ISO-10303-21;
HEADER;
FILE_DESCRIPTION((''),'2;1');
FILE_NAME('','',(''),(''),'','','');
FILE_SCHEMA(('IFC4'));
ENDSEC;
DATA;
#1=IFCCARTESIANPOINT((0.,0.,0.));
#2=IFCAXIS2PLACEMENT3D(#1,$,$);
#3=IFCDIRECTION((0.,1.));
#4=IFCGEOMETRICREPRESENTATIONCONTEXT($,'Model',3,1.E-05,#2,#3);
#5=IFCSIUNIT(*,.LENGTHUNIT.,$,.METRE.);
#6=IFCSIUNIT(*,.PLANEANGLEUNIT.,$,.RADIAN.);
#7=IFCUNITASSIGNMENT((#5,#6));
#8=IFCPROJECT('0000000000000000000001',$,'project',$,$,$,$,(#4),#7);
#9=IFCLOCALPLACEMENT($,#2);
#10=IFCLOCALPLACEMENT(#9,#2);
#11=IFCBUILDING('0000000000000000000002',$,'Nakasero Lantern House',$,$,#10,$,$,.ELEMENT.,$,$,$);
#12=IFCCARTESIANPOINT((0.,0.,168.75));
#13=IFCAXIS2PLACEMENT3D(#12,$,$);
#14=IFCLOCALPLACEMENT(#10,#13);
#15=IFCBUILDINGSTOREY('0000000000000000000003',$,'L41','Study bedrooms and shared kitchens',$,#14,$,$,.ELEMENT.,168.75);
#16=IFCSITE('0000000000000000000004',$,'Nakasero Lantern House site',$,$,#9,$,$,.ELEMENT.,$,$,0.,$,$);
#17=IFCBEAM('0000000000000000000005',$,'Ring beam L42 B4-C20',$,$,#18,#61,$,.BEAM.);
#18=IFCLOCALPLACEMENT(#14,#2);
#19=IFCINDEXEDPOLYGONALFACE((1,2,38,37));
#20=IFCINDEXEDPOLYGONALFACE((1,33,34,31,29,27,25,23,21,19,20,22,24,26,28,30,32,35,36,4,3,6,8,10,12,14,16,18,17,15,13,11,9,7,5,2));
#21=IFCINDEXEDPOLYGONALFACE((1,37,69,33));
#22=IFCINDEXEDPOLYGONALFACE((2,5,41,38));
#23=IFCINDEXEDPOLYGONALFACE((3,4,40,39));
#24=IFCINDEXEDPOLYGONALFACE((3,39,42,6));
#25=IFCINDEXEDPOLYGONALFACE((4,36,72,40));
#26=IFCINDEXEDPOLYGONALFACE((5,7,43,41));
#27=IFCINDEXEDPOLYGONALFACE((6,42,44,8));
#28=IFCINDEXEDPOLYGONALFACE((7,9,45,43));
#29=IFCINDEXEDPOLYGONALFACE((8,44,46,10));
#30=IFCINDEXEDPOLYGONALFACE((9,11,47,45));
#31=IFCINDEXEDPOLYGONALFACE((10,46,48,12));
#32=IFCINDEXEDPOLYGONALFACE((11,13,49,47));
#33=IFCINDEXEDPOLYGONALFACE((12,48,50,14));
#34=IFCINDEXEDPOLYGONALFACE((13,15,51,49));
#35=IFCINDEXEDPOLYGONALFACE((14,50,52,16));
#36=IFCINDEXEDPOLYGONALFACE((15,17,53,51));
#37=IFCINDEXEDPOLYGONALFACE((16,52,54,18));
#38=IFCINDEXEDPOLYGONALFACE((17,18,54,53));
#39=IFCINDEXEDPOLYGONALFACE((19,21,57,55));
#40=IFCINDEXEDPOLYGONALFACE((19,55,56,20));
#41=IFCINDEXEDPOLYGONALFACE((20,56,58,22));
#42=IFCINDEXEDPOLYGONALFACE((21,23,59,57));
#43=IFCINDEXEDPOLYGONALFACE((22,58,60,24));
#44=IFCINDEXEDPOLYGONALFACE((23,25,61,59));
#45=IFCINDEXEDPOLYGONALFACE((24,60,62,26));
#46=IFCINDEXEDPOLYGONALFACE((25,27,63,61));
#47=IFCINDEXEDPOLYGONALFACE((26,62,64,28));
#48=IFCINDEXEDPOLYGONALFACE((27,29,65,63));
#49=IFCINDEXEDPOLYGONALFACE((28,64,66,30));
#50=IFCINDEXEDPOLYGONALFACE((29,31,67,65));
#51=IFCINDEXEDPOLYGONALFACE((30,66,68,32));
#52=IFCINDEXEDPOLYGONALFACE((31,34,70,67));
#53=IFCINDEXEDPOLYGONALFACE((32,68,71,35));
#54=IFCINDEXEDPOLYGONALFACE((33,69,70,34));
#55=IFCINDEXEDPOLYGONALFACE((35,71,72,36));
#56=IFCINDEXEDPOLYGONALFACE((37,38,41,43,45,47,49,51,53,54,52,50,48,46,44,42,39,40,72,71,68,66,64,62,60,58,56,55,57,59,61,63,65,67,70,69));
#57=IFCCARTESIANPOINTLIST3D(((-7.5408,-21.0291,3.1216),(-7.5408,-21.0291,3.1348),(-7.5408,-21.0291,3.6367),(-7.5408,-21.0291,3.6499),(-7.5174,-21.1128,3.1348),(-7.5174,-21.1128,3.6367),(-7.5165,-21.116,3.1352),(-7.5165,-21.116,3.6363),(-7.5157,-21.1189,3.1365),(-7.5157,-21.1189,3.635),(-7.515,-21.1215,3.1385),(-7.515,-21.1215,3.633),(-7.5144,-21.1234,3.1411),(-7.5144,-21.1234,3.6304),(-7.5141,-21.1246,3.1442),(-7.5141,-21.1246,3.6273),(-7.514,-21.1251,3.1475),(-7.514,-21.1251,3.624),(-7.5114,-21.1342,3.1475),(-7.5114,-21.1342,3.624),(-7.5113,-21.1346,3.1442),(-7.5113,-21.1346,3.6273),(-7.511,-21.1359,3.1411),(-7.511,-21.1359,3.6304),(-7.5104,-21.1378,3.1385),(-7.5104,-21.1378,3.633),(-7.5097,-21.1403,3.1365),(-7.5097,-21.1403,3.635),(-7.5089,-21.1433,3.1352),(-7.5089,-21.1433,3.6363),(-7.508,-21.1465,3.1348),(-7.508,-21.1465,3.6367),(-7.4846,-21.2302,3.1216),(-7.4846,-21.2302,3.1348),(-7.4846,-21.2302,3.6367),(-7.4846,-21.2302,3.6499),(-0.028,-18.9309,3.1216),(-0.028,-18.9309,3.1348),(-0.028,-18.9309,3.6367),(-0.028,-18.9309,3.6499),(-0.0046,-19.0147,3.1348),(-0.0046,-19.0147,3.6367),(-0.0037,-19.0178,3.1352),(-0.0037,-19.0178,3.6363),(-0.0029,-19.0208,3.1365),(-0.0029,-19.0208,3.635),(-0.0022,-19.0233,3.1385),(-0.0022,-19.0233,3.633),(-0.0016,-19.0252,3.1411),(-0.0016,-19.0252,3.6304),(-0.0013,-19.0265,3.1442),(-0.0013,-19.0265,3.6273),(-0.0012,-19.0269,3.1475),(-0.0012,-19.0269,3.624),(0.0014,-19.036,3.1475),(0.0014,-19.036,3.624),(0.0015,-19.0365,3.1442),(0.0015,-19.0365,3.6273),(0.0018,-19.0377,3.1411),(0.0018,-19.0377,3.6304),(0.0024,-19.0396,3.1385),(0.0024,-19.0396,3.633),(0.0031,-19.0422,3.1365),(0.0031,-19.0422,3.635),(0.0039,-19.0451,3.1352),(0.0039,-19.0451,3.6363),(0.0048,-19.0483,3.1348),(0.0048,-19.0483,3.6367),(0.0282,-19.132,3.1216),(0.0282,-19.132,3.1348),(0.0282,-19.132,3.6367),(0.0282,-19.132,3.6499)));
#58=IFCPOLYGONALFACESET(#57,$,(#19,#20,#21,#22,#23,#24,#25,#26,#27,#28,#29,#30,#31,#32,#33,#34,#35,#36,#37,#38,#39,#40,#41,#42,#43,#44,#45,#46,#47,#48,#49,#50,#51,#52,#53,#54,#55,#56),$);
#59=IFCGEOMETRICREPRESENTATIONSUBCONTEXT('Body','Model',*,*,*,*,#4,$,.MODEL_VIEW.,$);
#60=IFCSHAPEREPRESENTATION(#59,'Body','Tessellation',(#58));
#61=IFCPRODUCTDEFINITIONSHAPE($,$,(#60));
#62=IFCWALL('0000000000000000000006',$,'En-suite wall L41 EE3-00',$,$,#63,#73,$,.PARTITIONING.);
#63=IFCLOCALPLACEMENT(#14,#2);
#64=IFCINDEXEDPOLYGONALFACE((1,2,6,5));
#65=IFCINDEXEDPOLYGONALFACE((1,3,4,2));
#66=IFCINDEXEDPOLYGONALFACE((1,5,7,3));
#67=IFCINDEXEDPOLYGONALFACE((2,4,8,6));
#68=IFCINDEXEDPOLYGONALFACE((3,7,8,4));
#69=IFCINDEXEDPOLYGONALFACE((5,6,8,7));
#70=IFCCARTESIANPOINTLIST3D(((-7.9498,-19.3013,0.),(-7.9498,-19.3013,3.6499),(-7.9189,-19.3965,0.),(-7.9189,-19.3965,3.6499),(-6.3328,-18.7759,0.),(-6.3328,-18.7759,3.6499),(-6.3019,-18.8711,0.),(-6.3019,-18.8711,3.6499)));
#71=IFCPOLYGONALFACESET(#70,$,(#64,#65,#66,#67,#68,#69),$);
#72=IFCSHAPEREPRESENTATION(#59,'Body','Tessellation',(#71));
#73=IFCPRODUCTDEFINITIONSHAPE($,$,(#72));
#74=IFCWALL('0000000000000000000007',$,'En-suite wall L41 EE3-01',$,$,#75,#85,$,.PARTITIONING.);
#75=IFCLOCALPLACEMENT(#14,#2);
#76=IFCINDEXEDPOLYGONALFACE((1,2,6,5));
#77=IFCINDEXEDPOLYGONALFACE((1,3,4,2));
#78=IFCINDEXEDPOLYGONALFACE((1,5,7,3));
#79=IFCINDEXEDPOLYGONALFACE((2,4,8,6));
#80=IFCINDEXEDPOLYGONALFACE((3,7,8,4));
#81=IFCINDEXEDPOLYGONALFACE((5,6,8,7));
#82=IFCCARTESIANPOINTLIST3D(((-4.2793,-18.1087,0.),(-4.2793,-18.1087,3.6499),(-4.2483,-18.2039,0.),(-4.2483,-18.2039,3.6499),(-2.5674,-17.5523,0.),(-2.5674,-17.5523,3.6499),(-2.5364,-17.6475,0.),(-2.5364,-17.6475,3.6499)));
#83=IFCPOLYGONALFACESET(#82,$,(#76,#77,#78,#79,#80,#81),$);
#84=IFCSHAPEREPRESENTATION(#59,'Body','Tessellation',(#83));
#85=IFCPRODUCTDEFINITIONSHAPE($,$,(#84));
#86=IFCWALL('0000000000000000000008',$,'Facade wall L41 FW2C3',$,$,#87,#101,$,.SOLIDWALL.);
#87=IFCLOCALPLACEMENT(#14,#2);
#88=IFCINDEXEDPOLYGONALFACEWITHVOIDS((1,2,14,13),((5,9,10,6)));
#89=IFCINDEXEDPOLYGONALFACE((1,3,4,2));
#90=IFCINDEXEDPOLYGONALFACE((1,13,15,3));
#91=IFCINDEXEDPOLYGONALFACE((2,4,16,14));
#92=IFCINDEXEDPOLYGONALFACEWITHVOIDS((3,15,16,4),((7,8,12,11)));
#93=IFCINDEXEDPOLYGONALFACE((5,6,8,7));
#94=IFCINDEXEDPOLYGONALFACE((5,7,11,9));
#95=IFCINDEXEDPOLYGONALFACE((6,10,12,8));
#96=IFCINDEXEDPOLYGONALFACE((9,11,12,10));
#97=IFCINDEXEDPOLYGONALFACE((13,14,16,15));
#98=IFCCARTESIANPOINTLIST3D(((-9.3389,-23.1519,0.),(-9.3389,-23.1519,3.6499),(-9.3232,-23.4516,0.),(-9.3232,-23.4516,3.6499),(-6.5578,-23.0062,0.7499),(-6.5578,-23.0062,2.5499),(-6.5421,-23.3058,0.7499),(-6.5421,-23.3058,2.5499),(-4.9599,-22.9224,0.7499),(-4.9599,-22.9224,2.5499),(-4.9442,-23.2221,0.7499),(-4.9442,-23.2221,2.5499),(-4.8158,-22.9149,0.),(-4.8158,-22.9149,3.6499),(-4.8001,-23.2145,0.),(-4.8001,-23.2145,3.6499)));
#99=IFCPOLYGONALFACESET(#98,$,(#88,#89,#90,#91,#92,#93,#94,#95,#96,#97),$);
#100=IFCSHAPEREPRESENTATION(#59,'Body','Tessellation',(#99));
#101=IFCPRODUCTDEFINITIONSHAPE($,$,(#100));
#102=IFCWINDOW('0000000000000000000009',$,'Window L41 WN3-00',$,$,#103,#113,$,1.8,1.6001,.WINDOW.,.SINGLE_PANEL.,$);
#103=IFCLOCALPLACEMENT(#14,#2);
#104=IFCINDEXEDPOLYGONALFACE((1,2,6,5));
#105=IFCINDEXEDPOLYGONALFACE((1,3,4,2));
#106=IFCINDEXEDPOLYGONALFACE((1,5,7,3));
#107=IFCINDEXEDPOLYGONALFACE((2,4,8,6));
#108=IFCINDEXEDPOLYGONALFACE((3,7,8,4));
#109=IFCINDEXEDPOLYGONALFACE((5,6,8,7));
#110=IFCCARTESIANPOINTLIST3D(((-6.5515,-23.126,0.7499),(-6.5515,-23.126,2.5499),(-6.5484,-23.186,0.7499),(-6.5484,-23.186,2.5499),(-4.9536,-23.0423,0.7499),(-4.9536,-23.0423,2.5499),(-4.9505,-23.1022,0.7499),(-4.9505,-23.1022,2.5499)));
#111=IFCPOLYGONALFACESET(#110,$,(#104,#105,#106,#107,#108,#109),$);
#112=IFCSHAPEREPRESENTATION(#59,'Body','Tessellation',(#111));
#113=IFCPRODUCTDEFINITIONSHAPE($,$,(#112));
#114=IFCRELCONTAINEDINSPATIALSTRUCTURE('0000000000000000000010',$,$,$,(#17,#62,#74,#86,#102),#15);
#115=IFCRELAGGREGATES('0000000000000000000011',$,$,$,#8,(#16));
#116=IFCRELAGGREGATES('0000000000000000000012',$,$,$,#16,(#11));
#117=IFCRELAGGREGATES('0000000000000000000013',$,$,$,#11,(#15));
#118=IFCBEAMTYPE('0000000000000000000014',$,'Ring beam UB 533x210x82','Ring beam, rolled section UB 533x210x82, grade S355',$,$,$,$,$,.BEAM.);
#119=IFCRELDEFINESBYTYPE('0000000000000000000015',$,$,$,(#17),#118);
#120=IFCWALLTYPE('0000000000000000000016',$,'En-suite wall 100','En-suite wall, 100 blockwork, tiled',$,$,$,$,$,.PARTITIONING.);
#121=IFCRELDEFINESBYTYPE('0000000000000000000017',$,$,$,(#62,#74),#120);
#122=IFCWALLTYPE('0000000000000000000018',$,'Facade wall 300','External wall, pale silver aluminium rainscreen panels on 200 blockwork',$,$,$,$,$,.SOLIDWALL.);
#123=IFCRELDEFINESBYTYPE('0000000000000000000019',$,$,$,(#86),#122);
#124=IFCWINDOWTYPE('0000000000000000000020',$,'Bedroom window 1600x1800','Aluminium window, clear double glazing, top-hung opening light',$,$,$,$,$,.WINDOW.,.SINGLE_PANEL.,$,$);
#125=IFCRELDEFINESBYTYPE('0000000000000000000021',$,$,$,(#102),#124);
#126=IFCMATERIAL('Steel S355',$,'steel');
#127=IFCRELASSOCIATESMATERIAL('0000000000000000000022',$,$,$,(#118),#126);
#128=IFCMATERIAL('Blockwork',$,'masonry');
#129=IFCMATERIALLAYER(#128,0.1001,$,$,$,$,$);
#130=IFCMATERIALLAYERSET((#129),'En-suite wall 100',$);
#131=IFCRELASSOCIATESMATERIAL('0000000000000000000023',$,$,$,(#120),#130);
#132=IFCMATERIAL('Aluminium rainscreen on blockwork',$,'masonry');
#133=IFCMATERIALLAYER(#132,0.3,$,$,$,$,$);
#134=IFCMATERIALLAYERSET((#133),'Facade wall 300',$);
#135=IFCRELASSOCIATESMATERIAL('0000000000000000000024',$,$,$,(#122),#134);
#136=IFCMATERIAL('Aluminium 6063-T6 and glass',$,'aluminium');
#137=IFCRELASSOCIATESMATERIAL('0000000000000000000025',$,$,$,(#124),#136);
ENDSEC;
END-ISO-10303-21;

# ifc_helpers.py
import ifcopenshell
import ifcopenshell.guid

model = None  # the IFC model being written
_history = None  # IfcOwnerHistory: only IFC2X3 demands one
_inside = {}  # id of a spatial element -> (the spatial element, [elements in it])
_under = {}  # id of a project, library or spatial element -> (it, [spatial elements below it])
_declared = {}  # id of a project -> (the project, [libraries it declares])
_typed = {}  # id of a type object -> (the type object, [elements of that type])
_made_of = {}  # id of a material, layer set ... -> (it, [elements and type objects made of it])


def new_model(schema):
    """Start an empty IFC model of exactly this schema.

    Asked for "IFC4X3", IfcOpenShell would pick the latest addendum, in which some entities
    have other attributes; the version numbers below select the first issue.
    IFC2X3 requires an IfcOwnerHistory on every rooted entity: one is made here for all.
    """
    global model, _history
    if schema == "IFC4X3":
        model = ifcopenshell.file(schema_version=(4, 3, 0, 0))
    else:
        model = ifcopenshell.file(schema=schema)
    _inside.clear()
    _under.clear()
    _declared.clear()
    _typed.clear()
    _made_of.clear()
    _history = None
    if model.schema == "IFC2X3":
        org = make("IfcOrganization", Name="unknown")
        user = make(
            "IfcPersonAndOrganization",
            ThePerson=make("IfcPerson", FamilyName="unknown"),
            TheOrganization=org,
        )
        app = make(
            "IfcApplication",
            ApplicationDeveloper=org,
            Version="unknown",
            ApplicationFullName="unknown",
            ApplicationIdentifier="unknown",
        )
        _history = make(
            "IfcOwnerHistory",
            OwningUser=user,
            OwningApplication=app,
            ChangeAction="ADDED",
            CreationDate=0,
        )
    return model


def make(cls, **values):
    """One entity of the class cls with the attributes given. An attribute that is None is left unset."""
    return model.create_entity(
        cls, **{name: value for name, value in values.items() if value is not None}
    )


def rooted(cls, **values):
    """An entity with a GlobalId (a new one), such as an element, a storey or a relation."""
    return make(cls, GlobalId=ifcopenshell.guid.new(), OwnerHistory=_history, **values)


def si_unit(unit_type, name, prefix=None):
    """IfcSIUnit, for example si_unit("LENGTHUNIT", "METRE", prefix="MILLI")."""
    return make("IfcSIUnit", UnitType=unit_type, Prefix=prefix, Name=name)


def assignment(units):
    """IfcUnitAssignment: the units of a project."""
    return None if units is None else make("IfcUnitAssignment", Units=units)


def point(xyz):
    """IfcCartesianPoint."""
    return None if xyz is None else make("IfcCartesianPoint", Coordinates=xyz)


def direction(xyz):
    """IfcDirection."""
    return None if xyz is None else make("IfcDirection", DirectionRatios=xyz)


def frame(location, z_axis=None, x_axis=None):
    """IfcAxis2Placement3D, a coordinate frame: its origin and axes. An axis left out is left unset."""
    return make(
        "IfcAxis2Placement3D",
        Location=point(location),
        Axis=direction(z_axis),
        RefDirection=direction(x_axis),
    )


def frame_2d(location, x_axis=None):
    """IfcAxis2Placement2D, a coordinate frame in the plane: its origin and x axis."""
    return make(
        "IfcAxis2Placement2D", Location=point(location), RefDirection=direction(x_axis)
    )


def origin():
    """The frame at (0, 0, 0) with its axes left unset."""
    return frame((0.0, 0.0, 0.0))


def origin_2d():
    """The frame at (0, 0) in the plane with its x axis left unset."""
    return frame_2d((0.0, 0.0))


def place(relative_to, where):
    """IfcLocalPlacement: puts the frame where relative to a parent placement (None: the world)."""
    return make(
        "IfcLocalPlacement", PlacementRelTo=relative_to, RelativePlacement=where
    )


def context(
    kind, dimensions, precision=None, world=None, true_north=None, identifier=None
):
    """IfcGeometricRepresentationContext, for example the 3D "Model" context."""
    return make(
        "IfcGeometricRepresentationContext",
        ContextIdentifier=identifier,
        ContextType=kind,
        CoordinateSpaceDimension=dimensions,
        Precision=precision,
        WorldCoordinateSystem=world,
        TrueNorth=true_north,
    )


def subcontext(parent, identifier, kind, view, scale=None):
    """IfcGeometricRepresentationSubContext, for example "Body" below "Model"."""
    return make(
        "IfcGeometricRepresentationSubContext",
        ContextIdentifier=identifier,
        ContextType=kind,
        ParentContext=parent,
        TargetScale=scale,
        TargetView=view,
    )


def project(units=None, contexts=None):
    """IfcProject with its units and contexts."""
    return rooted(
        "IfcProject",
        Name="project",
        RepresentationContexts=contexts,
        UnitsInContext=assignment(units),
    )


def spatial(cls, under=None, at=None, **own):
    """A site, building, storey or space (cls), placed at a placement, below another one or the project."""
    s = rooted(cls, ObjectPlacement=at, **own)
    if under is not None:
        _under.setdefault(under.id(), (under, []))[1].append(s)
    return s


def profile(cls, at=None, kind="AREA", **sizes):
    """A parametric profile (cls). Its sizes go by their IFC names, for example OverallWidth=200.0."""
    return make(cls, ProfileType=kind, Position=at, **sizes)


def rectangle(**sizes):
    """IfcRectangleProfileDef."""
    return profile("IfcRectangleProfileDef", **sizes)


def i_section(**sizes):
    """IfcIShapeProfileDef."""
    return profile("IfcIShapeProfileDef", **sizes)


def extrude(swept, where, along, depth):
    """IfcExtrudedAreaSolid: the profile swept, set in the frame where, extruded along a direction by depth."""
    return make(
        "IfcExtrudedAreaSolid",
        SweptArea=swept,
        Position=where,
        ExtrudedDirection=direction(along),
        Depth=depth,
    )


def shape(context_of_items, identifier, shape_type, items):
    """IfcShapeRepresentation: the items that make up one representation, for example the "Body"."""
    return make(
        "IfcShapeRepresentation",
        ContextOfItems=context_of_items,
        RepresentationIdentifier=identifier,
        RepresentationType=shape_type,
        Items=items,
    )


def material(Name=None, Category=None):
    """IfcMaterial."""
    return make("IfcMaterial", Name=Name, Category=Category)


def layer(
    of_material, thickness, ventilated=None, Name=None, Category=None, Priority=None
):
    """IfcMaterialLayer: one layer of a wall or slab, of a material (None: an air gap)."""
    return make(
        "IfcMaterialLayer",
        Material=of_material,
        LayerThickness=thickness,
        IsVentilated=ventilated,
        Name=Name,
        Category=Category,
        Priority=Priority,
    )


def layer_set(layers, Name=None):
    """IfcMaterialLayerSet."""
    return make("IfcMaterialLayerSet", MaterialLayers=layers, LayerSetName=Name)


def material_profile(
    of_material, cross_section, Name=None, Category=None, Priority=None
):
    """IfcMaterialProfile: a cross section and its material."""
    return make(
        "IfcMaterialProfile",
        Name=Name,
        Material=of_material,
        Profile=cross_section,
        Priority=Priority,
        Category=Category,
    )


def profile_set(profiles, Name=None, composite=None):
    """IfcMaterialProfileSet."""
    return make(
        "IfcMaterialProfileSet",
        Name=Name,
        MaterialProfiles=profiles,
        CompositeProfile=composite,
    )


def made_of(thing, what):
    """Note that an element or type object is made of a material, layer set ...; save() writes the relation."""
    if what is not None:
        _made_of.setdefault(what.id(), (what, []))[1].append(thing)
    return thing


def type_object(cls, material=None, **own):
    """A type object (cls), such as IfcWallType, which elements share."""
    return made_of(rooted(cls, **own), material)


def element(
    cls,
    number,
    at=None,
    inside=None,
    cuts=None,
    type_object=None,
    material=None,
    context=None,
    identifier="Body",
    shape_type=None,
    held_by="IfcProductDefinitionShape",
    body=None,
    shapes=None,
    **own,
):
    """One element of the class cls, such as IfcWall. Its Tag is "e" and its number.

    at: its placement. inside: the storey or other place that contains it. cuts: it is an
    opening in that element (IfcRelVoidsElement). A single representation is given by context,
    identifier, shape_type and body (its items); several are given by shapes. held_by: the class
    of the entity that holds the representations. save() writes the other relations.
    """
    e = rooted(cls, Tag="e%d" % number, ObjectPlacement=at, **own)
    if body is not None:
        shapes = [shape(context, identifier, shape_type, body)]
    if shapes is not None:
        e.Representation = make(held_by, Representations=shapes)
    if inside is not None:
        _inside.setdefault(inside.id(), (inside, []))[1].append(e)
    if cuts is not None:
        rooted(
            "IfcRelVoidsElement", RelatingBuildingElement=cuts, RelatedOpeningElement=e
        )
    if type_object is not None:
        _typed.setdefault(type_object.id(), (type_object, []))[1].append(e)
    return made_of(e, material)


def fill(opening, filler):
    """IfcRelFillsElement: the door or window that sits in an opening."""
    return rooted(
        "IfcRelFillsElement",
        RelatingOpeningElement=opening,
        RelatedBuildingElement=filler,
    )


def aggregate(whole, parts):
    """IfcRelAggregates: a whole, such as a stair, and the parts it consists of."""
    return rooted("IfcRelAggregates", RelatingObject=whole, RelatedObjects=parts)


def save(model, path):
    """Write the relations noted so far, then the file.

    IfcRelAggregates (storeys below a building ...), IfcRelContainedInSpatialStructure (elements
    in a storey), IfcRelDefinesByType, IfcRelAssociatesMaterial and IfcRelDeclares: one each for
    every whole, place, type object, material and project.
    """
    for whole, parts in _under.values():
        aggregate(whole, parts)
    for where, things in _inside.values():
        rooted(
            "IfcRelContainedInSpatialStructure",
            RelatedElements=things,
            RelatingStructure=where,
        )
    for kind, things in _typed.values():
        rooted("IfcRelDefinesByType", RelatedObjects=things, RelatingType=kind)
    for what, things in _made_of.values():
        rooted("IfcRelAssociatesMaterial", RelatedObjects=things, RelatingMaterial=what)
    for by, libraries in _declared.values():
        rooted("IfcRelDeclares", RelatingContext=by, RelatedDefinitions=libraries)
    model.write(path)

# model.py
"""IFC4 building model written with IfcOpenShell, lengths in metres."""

from ifc_helpers import new_model, si_unit, direction, frame, frame_2d, origin, origin_2d, place, context, subcontext, project, spatial, rectangle, i_section, extrude, material, layer, layer_set, material_profile, profile_set, type_object, element, fill, save


model = new_model("IFC4")

# Units and contexts
model_context = context("Model", 3, precision=1e-05, world=origin(), true_north=direction((0.0, 1.0)))
body_context = subcontext(model_context, "Body", "Model", "MODEL_VIEW")
ifc_project = project(units=[si_unit("LENGTHUNIT", "METRE"), si_unit("PLANEANGLEUNIT", "RADIAN")], contexts=[model_context])

# Site, building, storey
site_placement = place(None, origin())
site = spatial("IfcSite", under=ifc_project, at=site_placement, Name="Nakasero Lantern House site", CompositionType="ELEMENT", RefElevation=0.0)
building_placement = place(site_placement, origin())
building = spatial("IfcBuilding", under=site, at=building_placement, Name="Nakasero Lantern House", CompositionType="ELEMENT")
storey_placement = place(building_placement, frame((0.0, 0.0, 168.75)))
storey = spatial("IfcBuildingStorey", under=building, at=storey_placement, Name="L41", Description="Study bedrooms and shared kitchens", CompositionType="ELEMENT", Elevation=168.75)

# Beam
ifc_material_1 = material(Name="Steel S355", Category="steel")
ifc_material_profile_1 = material_profile(ifc_material_1, i_section(OverallWidth=0.2087, OverallDepth=0.5283, WebThickness=0.0095, FlangeThickness=0.0132, FilletRadius=0.0127, at=origin_2d()), Name="UB 533x210x82")
ifc_profile_set_1 = profile_set([ifc_material_profile_1], Name="Steel S355")
beam_type_1 = type_object("IfcBeamType", Name="Ring beam UB 533x210x82", Description="Ring beam, rolled section UB 533x210x82, grade S355", PredefinedType="BEAM", material=ifc_profile_set_1)
beam_1_placement = place(storey_placement, frame((-7.5127, -21.1296, 3.3857), z_axis=(0.963144, 0.268987, 0.0), x_axis=(-0.268987, 0.963144, 0.0)))
element("IfcBeam", 1, at=beam_1_placement, inside=storey, type_object=beam_type_1, Name="Ring beam L42 B4-C20", PredefinedType="BEAM", context=body_context, shape_type="SweptSolid", body=[
    extrude(i_section(OverallWidth=0.2087, OverallDepth=0.5283, WebThickness=0.0095, FlangeThickness=0.0132, FilletRadius=0.0127, at=origin_2d()), origin(), (0.0, 0.0, 1.0), 7.8003),
])

# Walls
ifc_material_2 = material(Name="Blockwork", Category="masonry")
ifc_layer_1 = layer(ifc_material_2, 0.1001)
ifc_layer_set_1 = layer_set([ifc_layer_1], Name="En-suite wall 100")
wall_type_1 = type_object("IfcWallType", Name="En-suite wall 100", Description="En-suite wall, 100 blockwork, tiled", PredefinedType="PARTITIONING", material=ifc_layer_set_1)
wall_1_placement = place(storey_placement, frame((-7.9343, -19.3489, 0.0), z_axis=(0.0, 0.0, 1.0), x_axis=(0.951054, 0.309024, 0.0)))
element("IfcWall", 2, at=wall_1_placement, inside=storey, type_object=wall_type_1, Name="En-suite wall L41 EE3-00", PredefinedType="PARTITIONING", context=body_context, shape_type="SweptSolid", body=[
    extrude(rectangle(XDim=1.7002, YDim=0.1001, at=frame_2d((0.8501, 0.0))), origin(), (0.0, 0.0, 1.0), 3.6499),
])
wall_2_placement = place(storey_placement, frame((-4.2637, -18.1562, 0.0), z_axis=(0.0, 0.0, 1.0), x_axis=(0.95103, 0.309098, 0.0)))
element("IfcWall", 3, at=wall_2_placement, inside=storey, type_object=wall_type_1, Name="En-suite wall L41 EE3-01", PredefinedType="PARTITIONING", context=body_context, shape_type="SweptSolid", body=[
    extrude(rectangle(XDim=1.8, YDim=0.1001, at=frame_2d((0.8999, 0.0))), origin(), (0.0, 0.0, 1.0), 3.6499),
])

# Wall, opening, window
ifc_material_3 = material(Name="Aluminium rainscreen on blockwork", Category="masonry")
ifc_layer_2 = layer(ifc_material_3, 0.3)
ifc_layer_set_2 = layer_set([ifc_layer_2], Name="Facade wall 300")
wall_type_2 = type_object("IfcWallType", Name="Facade wall 300", Description="External wall, pale silver aluminium rainscreen panels on 200 blockwork", PredefinedType="SOLIDWALL", material=ifc_layer_set_2)
wall_3_placement = place(storey_placement, frame((-9.3311, -23.3018, 0.0), z_axis=(0.0, 0.0, 1.0), x_axis=(0.998629, 0.052338, 0.0)))
wall_3 = element("IfcWall", 4, at=wall_3_placement, inside=storey, type_object=wall_type_2, Name="Facade wall L41 FW2C3", PredefinedType="SOLIDWALL", context=body_context, shape_type="SweptSolid", body=[
    extrude(rectangle(XDim=4.5293, YDim=0.3, at=frame_2d((2.2646, 0.0))), origin(), (0.0, 0.0, 1.0), 3.6499),
])
opening_1_placement = place(wall_3_placement, frame((2.7849, 0.0, 0.75)))
opening_1 = element("IfcOpeningElement", 5, at=opening_1_placement, cuts=wall_3, PredefinedType="OPENING", context=body_context, shape_type="SweptSolid", body=[
    extrude(rectangle(XDim=1.6001, YDim=1.8, at=frame_2d((0.8, 0.8999))), frame((0.0, 0.1699, 0.0), z_axis=(0.0, -1.0, 0.0), x_axis=(1.0, 0.0, 0.0)), (0.0, 0.0, 1.0), 0.3401),
])
ifc_material_4 = material(Name="Aluminium 6063-T6 and glass", Category="aluminium")
window_type_1 = type_object("IfcWindowType", Name="Bedroom window 1600x1800", Description="Aluminium window, clear double glazing, top-hung opening light", PartitioningType="SINGLE_PANEL", PredefinedType="WINDOW", material=ifc_material_4)
window_1_placement = place(opening_1_placement, origin())
window_1 = element("IfcWindow", 6, at=window_1_placement, inside=storey, type_object=window_type_1, Name="Window L41 WN3-00", OverallHeight=1.8, OverallWidth=1.6001, PartitioningType="SINGLE_PANEL", PredefinedType="WINDOW", context=body_context, shape_type="SweptSolid", body=[
    extrude(rectangle(XDim=1.6001, YDim=1.8, at=frame_2d((0.8, 0.8999))), frame((0.0, 0.03, 0.0), z_axis=(0.0, -1.0, 0.0), x_axis=(1.0, 0.0, 0.0)), (0.0, 0.0, 1.0), 0.0601),
])
fill(opening_1, window_1)

save(model, "model.ifc")
